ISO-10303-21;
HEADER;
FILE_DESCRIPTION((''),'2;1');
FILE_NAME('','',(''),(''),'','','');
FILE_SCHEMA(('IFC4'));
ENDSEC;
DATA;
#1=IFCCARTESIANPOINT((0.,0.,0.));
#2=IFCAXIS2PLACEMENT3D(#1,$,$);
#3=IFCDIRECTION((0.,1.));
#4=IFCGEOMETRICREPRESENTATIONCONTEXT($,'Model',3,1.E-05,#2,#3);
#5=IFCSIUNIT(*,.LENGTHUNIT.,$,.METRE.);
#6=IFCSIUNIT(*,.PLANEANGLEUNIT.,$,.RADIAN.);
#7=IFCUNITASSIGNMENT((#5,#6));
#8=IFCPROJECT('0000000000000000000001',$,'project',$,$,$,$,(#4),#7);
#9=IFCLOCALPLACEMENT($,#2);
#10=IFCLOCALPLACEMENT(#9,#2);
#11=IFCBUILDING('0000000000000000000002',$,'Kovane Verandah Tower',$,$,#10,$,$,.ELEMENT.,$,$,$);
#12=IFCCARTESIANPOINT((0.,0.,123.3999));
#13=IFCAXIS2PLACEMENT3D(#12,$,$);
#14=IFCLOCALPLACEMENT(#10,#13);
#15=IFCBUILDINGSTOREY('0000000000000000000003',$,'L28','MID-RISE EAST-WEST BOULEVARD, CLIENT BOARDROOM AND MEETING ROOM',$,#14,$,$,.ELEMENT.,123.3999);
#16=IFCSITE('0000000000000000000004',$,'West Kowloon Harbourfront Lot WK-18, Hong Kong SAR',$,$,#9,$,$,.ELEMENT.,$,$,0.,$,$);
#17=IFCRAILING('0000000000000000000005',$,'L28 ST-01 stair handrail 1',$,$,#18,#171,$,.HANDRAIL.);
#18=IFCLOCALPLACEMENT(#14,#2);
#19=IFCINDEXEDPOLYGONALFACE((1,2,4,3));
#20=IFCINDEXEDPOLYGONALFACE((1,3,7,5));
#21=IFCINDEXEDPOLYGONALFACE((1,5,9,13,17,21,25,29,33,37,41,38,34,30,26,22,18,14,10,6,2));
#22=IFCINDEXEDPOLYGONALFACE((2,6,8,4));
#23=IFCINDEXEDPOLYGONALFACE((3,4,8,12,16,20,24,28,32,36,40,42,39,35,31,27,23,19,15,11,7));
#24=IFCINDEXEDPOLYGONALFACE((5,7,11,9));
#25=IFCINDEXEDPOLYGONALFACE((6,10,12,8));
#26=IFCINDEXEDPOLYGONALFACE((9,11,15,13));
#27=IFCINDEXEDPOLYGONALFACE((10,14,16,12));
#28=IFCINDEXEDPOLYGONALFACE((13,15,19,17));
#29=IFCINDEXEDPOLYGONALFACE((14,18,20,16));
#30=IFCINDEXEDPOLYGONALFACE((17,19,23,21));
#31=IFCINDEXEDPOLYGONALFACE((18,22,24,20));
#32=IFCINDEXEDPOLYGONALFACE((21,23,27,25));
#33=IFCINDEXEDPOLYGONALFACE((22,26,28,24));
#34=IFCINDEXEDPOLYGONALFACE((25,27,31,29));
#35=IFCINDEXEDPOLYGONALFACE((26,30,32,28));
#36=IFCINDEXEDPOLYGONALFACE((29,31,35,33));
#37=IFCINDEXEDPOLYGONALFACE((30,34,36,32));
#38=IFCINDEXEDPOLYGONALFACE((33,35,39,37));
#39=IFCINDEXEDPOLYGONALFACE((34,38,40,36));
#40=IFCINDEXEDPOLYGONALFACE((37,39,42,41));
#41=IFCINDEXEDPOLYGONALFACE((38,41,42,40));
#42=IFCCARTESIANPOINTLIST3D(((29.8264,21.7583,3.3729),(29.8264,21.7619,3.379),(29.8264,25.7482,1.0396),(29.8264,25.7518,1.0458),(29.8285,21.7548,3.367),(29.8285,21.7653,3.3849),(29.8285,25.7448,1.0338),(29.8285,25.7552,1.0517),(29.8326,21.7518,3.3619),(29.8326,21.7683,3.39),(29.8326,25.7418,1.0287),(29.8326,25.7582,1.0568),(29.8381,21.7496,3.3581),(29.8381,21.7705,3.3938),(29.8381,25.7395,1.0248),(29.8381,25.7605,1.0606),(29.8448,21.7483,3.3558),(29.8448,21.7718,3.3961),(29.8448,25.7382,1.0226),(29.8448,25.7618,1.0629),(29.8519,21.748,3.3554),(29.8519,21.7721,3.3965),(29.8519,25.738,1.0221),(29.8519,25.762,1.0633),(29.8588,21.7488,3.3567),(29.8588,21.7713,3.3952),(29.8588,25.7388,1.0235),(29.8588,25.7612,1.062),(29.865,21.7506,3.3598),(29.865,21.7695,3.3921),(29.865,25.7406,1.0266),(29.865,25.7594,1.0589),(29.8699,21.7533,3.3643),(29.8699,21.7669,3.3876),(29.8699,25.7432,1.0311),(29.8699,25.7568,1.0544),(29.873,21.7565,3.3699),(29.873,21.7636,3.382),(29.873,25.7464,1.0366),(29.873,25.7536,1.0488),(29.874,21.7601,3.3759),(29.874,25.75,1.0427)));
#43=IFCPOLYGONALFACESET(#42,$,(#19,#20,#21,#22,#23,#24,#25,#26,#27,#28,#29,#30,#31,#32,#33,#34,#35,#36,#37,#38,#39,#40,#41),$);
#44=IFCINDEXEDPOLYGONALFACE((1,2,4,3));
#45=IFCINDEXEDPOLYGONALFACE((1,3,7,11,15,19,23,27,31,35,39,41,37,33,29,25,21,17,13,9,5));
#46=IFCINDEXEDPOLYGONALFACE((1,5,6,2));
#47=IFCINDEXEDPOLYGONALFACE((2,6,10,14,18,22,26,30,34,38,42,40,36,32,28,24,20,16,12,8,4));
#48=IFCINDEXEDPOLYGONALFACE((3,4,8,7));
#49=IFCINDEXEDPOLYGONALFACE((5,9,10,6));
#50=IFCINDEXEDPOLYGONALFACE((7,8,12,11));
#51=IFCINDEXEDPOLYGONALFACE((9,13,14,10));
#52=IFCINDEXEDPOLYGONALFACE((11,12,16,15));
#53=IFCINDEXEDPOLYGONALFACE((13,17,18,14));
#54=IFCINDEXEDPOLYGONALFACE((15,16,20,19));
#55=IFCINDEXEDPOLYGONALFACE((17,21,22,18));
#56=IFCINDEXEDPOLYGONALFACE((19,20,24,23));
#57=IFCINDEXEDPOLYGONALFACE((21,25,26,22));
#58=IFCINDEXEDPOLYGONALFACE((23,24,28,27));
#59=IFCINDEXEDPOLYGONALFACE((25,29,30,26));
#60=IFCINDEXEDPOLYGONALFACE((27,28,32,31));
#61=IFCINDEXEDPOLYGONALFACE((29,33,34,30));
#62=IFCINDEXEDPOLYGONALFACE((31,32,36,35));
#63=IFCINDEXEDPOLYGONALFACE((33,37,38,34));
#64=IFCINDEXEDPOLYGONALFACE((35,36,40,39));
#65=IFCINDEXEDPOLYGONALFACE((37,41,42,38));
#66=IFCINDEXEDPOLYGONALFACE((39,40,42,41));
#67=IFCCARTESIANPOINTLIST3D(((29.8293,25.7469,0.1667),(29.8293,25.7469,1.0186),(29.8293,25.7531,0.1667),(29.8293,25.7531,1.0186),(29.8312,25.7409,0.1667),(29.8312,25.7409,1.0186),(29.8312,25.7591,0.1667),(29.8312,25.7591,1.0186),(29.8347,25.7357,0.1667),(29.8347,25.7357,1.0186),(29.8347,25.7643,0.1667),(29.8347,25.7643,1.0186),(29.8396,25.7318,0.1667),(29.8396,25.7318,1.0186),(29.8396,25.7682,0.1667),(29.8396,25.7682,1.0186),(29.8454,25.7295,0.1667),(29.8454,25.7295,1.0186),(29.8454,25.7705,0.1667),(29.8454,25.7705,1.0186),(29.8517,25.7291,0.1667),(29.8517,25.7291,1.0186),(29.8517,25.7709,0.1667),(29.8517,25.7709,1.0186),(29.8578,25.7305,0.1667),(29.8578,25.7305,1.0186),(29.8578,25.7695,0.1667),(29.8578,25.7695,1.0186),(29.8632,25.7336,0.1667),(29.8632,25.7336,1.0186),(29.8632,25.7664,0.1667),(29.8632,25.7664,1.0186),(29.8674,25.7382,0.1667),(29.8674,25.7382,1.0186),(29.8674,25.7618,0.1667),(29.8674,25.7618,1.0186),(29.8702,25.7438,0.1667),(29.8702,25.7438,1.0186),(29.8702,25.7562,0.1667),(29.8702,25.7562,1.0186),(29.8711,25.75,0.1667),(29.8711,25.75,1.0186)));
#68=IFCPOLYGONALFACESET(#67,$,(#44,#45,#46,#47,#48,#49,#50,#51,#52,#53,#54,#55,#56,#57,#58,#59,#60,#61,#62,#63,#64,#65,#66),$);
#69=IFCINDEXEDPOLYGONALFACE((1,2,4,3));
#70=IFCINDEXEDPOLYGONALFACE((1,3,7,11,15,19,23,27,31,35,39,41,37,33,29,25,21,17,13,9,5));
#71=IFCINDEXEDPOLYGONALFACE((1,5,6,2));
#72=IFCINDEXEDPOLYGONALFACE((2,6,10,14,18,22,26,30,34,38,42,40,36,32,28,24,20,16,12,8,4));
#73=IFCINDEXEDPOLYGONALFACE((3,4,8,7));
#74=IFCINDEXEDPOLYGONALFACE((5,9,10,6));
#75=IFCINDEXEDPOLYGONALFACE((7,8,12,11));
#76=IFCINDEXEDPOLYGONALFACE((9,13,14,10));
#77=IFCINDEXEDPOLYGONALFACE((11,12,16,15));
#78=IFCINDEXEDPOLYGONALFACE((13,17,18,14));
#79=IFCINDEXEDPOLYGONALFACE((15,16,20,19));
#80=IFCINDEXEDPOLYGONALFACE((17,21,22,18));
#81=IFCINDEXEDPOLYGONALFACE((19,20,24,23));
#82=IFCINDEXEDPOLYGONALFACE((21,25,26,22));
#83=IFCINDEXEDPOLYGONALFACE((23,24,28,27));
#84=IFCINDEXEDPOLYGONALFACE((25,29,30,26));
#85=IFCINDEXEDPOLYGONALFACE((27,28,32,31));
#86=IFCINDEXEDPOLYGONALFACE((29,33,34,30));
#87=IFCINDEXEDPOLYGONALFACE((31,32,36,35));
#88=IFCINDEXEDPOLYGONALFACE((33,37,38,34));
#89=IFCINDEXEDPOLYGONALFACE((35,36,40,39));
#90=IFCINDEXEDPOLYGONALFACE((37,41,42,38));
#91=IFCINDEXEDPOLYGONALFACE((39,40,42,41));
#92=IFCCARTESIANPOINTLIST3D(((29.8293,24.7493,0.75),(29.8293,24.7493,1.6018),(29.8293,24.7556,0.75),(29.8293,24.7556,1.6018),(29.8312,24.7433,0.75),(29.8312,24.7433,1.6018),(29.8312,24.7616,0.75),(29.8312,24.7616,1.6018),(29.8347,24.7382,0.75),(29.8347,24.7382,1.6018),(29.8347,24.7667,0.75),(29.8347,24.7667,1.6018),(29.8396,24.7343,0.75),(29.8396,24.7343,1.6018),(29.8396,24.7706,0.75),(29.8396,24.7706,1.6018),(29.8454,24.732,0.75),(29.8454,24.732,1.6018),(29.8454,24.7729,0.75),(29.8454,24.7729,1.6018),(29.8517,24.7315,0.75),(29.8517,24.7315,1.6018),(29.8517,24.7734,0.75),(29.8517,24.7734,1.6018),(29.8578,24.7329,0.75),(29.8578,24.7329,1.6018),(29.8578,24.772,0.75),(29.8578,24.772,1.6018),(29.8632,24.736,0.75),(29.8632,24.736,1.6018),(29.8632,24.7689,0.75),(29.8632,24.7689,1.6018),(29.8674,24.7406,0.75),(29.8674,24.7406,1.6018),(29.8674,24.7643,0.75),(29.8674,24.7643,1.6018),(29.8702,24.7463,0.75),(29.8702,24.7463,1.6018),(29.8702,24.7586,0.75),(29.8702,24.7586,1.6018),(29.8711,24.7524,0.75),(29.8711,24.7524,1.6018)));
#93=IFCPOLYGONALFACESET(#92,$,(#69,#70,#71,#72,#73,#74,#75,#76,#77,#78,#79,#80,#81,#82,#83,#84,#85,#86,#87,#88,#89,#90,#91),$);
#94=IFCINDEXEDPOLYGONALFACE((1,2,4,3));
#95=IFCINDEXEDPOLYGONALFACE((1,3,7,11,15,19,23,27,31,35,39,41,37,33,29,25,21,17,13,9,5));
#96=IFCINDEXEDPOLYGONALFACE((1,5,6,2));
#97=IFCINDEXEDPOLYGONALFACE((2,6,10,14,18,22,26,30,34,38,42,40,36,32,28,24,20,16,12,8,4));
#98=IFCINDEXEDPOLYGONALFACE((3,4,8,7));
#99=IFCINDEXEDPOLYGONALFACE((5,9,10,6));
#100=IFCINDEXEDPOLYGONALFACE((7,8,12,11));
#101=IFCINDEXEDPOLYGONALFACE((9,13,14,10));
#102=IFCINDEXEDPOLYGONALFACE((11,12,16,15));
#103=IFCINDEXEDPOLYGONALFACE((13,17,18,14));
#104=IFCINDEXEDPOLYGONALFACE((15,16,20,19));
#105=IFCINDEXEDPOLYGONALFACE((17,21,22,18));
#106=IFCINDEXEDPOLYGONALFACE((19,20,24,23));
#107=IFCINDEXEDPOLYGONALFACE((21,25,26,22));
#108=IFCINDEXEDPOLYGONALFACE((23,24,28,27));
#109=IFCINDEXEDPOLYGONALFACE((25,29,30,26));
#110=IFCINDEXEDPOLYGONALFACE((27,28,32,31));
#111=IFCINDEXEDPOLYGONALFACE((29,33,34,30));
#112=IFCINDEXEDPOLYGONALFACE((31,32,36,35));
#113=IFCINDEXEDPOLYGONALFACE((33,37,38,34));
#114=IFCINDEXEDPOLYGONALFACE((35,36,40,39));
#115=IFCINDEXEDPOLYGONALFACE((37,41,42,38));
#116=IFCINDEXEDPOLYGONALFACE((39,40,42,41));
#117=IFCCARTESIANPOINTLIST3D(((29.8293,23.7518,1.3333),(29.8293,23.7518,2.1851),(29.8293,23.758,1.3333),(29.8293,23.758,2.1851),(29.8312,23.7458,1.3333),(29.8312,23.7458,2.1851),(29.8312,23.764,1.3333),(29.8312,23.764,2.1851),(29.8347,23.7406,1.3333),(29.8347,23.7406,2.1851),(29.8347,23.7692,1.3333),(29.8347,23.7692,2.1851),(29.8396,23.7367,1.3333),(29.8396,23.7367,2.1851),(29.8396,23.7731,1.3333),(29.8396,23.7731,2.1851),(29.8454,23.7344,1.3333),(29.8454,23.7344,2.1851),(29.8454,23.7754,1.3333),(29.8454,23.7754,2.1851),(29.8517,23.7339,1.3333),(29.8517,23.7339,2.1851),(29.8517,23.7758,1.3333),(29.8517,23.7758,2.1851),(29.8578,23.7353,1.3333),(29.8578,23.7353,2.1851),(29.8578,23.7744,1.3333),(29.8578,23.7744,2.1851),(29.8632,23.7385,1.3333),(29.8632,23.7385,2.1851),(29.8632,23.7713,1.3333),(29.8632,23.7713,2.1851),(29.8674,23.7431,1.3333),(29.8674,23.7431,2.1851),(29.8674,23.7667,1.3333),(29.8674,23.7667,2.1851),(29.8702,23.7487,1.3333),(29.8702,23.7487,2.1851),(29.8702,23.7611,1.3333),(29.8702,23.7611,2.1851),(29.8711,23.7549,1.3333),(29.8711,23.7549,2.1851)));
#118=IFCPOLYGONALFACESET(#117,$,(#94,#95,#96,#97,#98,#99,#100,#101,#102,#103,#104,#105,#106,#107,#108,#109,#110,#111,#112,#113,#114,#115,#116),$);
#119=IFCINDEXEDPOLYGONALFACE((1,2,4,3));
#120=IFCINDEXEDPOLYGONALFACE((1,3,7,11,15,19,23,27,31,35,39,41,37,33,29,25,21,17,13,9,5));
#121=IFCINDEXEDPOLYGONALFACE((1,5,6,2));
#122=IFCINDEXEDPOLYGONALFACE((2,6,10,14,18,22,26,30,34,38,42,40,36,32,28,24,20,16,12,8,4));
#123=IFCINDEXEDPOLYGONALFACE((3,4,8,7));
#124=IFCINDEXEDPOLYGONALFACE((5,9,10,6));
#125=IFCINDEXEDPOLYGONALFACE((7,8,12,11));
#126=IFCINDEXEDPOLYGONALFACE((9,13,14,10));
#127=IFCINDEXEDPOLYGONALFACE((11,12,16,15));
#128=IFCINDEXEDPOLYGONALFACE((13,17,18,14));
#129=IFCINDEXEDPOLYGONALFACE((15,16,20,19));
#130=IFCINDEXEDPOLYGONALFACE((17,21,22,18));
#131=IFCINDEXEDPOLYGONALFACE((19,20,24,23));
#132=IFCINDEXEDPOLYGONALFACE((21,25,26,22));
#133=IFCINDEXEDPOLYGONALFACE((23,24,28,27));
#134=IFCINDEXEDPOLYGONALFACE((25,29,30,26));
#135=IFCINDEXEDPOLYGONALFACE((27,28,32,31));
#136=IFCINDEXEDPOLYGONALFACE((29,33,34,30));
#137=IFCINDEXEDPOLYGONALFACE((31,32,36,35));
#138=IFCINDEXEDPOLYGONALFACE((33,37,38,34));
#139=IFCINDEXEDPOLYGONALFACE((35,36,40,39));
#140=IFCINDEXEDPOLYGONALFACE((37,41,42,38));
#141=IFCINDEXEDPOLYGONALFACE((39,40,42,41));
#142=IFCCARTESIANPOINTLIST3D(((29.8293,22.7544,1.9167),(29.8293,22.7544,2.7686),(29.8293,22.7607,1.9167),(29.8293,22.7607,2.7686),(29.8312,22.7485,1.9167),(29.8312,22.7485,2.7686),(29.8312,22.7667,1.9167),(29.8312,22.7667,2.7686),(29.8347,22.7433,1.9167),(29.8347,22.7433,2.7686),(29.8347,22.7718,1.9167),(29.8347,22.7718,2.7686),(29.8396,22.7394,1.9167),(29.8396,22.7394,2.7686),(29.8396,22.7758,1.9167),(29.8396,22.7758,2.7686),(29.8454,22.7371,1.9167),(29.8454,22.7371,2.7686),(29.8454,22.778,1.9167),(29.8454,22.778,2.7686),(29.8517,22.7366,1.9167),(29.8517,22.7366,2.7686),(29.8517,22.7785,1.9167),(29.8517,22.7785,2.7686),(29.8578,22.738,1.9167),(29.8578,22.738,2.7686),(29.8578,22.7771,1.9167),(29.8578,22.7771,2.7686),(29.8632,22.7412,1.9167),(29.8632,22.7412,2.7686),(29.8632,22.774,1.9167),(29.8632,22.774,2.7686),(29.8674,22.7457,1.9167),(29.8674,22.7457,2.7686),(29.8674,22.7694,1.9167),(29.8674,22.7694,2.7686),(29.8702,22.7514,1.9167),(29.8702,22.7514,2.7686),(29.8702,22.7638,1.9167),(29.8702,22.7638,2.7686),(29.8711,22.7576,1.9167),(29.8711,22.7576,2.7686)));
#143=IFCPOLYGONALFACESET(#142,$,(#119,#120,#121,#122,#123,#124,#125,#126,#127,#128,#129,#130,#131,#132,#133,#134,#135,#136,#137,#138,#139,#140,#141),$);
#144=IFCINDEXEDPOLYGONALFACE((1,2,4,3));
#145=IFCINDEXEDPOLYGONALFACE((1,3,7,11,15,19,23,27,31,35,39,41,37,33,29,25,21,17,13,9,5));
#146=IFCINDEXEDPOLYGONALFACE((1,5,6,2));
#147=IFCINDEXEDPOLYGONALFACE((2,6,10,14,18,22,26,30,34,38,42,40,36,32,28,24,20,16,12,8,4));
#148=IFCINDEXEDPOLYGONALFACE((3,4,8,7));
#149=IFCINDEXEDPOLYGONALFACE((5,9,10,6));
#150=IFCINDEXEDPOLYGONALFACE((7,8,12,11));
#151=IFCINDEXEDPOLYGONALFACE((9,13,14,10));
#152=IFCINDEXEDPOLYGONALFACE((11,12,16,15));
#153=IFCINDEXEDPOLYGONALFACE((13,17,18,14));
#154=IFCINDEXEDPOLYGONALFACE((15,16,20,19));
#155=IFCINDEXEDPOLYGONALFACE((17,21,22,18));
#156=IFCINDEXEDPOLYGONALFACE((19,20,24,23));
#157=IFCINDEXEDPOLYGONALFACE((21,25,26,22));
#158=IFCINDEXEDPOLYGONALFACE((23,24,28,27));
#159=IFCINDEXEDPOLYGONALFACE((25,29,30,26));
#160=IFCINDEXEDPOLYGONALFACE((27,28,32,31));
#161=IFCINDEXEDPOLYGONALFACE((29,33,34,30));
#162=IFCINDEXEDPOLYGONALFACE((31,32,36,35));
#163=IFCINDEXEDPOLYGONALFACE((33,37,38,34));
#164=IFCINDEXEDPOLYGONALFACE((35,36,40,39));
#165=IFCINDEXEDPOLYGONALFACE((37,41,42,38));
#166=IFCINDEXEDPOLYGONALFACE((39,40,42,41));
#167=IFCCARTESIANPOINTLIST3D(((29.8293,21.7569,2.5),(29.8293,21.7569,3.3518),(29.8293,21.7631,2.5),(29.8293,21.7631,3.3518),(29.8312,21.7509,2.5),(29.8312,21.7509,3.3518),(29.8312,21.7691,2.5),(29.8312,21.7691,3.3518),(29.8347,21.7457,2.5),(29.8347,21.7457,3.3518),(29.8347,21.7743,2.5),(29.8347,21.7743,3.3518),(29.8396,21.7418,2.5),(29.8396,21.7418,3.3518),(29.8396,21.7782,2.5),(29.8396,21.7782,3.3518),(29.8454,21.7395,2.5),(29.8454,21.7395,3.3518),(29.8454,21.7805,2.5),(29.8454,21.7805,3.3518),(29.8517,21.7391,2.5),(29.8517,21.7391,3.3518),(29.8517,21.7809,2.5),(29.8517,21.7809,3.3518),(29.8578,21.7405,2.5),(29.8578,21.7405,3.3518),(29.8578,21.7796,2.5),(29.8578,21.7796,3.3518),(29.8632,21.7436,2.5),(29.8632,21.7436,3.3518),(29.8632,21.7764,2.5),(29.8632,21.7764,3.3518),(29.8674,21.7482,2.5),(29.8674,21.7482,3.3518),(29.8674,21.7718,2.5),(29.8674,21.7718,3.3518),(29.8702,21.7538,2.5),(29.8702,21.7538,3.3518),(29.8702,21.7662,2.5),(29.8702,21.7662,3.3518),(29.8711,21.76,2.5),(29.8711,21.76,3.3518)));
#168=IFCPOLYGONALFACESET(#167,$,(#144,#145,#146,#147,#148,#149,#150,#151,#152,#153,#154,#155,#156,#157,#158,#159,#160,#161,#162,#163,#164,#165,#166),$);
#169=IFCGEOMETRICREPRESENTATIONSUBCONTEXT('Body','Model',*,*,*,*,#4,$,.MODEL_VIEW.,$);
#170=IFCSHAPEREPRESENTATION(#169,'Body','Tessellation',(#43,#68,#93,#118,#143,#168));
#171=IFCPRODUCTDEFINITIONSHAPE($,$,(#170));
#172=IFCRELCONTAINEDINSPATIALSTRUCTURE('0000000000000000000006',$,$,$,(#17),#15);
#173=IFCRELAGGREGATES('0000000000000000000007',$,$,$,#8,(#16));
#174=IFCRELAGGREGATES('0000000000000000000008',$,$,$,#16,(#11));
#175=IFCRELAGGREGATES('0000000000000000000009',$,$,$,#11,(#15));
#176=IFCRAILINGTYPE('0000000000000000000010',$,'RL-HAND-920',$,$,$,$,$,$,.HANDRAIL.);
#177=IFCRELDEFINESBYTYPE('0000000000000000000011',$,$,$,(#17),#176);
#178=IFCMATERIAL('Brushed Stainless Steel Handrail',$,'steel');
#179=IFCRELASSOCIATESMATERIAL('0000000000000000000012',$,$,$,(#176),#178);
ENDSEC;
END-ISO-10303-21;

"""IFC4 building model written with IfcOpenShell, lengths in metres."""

from ifc_helpers import new_model, si_unit, direction, frame, origin, origin_2d, place, context, subcontext, project, spatial, circle, extrude, material, type_object, element, save


model = new_model("IFC4")

# Units and contexts
model_context = context("Model", 3, precision=1e-05, world=origin(), true_north=direction((0.0, 1.0)))
body_context = subcontext(model_context, "Body", "Model", "MODEL_VIEW")
ifc_project = project(units=[si_unit("LENGTHUNIT", "METRE"), si_unit("PLANEANGLEUNIT", "RADIAN")], contexts=[model_context])

# Site, building, storey
site_placement = place(None, origin())
site = spatial("IfcSite", under=ifc_project, at=site_placement, Name="West Kowloon Harbourfront Lot WK-18, Hong Kong SAR", CompositionType="ELEMENT", RefElevation=0.0)
building_placement = place(site_placement, origin())
building = spatial("IfcBuilding", under=site, at=building_placement, Name="Kovane Verandah Tower", CompositionType="ELEMENT")
storey_placement = place(building_placement, frame((0.0, 0.0, 123.3999)))
storey = spatial("IfcBuildingStorey", under=building, at=storey_placement, Name="L28", Description="MID-RISE EAST-WEST BOULEVARD, CLIENT BOARDROOM AND MEETING ROOM", CompositionType="ELEMENT", Elevation=123.3999)

# Railing
ifc_material_1 = material(Name="Brushed Stainless Steel Handrail", Category="steel")
railing_type_1 = type_object("IfcRailingType", Name="RL-HAND-920", PredefinedType="HANDRAIL", material=ifc_material_1)
railing_1_placement = place(storey_placement, frame((29.8501, 25.75, 0.1667)))
element("IfcRailing", 1, at=railing_1_placement, inside=storey, type_object=railing_type_1, Name="L28 ST-01 stair handrail 1", PredefinedType="HANDRAIL", context=body_context, shape_type="SweptSolid", body=[
    extrude(circle(Radius=0.0239, at=origin_2d()), frame((0.0, 0.0, 0.876), z_axis=(0.0, -0.863236, 0.5048), x_axis=(1.0, 0.0, 0.0)), (0.0, 0.0, 1.0), 4.6221),
    extrude(circle(Radius=0.021, at=origin_2d()), origin(), (0.0, 0.0, 1.0), 0.8518),
    extrude(circle(Radius=0.021, at=origin_2d()), frame((0.0, -0.9976, 0.5833)), (0.0, 0.0, 1.0), 0.8518),
    extrude(circle(Radius=0.021, at=origin_2d()), frame((0.0, -1.9951, 1.1665)), (0.0, 0.0, 1.0), 0.8518),
    extrude(circle(Radius=0.021, at=origin_2d()), frame((0.0, -2.9924, 1.75)), (0.0, 0.0, 1.0), 0.8518),
    extrude(circle(Radius=0.021, at=origin_2d()), frame((0.0, -3.99, 2.3333)), (0.0, 0.0, 1.0), 0.8518),
])

save(model, "model.ifc")
